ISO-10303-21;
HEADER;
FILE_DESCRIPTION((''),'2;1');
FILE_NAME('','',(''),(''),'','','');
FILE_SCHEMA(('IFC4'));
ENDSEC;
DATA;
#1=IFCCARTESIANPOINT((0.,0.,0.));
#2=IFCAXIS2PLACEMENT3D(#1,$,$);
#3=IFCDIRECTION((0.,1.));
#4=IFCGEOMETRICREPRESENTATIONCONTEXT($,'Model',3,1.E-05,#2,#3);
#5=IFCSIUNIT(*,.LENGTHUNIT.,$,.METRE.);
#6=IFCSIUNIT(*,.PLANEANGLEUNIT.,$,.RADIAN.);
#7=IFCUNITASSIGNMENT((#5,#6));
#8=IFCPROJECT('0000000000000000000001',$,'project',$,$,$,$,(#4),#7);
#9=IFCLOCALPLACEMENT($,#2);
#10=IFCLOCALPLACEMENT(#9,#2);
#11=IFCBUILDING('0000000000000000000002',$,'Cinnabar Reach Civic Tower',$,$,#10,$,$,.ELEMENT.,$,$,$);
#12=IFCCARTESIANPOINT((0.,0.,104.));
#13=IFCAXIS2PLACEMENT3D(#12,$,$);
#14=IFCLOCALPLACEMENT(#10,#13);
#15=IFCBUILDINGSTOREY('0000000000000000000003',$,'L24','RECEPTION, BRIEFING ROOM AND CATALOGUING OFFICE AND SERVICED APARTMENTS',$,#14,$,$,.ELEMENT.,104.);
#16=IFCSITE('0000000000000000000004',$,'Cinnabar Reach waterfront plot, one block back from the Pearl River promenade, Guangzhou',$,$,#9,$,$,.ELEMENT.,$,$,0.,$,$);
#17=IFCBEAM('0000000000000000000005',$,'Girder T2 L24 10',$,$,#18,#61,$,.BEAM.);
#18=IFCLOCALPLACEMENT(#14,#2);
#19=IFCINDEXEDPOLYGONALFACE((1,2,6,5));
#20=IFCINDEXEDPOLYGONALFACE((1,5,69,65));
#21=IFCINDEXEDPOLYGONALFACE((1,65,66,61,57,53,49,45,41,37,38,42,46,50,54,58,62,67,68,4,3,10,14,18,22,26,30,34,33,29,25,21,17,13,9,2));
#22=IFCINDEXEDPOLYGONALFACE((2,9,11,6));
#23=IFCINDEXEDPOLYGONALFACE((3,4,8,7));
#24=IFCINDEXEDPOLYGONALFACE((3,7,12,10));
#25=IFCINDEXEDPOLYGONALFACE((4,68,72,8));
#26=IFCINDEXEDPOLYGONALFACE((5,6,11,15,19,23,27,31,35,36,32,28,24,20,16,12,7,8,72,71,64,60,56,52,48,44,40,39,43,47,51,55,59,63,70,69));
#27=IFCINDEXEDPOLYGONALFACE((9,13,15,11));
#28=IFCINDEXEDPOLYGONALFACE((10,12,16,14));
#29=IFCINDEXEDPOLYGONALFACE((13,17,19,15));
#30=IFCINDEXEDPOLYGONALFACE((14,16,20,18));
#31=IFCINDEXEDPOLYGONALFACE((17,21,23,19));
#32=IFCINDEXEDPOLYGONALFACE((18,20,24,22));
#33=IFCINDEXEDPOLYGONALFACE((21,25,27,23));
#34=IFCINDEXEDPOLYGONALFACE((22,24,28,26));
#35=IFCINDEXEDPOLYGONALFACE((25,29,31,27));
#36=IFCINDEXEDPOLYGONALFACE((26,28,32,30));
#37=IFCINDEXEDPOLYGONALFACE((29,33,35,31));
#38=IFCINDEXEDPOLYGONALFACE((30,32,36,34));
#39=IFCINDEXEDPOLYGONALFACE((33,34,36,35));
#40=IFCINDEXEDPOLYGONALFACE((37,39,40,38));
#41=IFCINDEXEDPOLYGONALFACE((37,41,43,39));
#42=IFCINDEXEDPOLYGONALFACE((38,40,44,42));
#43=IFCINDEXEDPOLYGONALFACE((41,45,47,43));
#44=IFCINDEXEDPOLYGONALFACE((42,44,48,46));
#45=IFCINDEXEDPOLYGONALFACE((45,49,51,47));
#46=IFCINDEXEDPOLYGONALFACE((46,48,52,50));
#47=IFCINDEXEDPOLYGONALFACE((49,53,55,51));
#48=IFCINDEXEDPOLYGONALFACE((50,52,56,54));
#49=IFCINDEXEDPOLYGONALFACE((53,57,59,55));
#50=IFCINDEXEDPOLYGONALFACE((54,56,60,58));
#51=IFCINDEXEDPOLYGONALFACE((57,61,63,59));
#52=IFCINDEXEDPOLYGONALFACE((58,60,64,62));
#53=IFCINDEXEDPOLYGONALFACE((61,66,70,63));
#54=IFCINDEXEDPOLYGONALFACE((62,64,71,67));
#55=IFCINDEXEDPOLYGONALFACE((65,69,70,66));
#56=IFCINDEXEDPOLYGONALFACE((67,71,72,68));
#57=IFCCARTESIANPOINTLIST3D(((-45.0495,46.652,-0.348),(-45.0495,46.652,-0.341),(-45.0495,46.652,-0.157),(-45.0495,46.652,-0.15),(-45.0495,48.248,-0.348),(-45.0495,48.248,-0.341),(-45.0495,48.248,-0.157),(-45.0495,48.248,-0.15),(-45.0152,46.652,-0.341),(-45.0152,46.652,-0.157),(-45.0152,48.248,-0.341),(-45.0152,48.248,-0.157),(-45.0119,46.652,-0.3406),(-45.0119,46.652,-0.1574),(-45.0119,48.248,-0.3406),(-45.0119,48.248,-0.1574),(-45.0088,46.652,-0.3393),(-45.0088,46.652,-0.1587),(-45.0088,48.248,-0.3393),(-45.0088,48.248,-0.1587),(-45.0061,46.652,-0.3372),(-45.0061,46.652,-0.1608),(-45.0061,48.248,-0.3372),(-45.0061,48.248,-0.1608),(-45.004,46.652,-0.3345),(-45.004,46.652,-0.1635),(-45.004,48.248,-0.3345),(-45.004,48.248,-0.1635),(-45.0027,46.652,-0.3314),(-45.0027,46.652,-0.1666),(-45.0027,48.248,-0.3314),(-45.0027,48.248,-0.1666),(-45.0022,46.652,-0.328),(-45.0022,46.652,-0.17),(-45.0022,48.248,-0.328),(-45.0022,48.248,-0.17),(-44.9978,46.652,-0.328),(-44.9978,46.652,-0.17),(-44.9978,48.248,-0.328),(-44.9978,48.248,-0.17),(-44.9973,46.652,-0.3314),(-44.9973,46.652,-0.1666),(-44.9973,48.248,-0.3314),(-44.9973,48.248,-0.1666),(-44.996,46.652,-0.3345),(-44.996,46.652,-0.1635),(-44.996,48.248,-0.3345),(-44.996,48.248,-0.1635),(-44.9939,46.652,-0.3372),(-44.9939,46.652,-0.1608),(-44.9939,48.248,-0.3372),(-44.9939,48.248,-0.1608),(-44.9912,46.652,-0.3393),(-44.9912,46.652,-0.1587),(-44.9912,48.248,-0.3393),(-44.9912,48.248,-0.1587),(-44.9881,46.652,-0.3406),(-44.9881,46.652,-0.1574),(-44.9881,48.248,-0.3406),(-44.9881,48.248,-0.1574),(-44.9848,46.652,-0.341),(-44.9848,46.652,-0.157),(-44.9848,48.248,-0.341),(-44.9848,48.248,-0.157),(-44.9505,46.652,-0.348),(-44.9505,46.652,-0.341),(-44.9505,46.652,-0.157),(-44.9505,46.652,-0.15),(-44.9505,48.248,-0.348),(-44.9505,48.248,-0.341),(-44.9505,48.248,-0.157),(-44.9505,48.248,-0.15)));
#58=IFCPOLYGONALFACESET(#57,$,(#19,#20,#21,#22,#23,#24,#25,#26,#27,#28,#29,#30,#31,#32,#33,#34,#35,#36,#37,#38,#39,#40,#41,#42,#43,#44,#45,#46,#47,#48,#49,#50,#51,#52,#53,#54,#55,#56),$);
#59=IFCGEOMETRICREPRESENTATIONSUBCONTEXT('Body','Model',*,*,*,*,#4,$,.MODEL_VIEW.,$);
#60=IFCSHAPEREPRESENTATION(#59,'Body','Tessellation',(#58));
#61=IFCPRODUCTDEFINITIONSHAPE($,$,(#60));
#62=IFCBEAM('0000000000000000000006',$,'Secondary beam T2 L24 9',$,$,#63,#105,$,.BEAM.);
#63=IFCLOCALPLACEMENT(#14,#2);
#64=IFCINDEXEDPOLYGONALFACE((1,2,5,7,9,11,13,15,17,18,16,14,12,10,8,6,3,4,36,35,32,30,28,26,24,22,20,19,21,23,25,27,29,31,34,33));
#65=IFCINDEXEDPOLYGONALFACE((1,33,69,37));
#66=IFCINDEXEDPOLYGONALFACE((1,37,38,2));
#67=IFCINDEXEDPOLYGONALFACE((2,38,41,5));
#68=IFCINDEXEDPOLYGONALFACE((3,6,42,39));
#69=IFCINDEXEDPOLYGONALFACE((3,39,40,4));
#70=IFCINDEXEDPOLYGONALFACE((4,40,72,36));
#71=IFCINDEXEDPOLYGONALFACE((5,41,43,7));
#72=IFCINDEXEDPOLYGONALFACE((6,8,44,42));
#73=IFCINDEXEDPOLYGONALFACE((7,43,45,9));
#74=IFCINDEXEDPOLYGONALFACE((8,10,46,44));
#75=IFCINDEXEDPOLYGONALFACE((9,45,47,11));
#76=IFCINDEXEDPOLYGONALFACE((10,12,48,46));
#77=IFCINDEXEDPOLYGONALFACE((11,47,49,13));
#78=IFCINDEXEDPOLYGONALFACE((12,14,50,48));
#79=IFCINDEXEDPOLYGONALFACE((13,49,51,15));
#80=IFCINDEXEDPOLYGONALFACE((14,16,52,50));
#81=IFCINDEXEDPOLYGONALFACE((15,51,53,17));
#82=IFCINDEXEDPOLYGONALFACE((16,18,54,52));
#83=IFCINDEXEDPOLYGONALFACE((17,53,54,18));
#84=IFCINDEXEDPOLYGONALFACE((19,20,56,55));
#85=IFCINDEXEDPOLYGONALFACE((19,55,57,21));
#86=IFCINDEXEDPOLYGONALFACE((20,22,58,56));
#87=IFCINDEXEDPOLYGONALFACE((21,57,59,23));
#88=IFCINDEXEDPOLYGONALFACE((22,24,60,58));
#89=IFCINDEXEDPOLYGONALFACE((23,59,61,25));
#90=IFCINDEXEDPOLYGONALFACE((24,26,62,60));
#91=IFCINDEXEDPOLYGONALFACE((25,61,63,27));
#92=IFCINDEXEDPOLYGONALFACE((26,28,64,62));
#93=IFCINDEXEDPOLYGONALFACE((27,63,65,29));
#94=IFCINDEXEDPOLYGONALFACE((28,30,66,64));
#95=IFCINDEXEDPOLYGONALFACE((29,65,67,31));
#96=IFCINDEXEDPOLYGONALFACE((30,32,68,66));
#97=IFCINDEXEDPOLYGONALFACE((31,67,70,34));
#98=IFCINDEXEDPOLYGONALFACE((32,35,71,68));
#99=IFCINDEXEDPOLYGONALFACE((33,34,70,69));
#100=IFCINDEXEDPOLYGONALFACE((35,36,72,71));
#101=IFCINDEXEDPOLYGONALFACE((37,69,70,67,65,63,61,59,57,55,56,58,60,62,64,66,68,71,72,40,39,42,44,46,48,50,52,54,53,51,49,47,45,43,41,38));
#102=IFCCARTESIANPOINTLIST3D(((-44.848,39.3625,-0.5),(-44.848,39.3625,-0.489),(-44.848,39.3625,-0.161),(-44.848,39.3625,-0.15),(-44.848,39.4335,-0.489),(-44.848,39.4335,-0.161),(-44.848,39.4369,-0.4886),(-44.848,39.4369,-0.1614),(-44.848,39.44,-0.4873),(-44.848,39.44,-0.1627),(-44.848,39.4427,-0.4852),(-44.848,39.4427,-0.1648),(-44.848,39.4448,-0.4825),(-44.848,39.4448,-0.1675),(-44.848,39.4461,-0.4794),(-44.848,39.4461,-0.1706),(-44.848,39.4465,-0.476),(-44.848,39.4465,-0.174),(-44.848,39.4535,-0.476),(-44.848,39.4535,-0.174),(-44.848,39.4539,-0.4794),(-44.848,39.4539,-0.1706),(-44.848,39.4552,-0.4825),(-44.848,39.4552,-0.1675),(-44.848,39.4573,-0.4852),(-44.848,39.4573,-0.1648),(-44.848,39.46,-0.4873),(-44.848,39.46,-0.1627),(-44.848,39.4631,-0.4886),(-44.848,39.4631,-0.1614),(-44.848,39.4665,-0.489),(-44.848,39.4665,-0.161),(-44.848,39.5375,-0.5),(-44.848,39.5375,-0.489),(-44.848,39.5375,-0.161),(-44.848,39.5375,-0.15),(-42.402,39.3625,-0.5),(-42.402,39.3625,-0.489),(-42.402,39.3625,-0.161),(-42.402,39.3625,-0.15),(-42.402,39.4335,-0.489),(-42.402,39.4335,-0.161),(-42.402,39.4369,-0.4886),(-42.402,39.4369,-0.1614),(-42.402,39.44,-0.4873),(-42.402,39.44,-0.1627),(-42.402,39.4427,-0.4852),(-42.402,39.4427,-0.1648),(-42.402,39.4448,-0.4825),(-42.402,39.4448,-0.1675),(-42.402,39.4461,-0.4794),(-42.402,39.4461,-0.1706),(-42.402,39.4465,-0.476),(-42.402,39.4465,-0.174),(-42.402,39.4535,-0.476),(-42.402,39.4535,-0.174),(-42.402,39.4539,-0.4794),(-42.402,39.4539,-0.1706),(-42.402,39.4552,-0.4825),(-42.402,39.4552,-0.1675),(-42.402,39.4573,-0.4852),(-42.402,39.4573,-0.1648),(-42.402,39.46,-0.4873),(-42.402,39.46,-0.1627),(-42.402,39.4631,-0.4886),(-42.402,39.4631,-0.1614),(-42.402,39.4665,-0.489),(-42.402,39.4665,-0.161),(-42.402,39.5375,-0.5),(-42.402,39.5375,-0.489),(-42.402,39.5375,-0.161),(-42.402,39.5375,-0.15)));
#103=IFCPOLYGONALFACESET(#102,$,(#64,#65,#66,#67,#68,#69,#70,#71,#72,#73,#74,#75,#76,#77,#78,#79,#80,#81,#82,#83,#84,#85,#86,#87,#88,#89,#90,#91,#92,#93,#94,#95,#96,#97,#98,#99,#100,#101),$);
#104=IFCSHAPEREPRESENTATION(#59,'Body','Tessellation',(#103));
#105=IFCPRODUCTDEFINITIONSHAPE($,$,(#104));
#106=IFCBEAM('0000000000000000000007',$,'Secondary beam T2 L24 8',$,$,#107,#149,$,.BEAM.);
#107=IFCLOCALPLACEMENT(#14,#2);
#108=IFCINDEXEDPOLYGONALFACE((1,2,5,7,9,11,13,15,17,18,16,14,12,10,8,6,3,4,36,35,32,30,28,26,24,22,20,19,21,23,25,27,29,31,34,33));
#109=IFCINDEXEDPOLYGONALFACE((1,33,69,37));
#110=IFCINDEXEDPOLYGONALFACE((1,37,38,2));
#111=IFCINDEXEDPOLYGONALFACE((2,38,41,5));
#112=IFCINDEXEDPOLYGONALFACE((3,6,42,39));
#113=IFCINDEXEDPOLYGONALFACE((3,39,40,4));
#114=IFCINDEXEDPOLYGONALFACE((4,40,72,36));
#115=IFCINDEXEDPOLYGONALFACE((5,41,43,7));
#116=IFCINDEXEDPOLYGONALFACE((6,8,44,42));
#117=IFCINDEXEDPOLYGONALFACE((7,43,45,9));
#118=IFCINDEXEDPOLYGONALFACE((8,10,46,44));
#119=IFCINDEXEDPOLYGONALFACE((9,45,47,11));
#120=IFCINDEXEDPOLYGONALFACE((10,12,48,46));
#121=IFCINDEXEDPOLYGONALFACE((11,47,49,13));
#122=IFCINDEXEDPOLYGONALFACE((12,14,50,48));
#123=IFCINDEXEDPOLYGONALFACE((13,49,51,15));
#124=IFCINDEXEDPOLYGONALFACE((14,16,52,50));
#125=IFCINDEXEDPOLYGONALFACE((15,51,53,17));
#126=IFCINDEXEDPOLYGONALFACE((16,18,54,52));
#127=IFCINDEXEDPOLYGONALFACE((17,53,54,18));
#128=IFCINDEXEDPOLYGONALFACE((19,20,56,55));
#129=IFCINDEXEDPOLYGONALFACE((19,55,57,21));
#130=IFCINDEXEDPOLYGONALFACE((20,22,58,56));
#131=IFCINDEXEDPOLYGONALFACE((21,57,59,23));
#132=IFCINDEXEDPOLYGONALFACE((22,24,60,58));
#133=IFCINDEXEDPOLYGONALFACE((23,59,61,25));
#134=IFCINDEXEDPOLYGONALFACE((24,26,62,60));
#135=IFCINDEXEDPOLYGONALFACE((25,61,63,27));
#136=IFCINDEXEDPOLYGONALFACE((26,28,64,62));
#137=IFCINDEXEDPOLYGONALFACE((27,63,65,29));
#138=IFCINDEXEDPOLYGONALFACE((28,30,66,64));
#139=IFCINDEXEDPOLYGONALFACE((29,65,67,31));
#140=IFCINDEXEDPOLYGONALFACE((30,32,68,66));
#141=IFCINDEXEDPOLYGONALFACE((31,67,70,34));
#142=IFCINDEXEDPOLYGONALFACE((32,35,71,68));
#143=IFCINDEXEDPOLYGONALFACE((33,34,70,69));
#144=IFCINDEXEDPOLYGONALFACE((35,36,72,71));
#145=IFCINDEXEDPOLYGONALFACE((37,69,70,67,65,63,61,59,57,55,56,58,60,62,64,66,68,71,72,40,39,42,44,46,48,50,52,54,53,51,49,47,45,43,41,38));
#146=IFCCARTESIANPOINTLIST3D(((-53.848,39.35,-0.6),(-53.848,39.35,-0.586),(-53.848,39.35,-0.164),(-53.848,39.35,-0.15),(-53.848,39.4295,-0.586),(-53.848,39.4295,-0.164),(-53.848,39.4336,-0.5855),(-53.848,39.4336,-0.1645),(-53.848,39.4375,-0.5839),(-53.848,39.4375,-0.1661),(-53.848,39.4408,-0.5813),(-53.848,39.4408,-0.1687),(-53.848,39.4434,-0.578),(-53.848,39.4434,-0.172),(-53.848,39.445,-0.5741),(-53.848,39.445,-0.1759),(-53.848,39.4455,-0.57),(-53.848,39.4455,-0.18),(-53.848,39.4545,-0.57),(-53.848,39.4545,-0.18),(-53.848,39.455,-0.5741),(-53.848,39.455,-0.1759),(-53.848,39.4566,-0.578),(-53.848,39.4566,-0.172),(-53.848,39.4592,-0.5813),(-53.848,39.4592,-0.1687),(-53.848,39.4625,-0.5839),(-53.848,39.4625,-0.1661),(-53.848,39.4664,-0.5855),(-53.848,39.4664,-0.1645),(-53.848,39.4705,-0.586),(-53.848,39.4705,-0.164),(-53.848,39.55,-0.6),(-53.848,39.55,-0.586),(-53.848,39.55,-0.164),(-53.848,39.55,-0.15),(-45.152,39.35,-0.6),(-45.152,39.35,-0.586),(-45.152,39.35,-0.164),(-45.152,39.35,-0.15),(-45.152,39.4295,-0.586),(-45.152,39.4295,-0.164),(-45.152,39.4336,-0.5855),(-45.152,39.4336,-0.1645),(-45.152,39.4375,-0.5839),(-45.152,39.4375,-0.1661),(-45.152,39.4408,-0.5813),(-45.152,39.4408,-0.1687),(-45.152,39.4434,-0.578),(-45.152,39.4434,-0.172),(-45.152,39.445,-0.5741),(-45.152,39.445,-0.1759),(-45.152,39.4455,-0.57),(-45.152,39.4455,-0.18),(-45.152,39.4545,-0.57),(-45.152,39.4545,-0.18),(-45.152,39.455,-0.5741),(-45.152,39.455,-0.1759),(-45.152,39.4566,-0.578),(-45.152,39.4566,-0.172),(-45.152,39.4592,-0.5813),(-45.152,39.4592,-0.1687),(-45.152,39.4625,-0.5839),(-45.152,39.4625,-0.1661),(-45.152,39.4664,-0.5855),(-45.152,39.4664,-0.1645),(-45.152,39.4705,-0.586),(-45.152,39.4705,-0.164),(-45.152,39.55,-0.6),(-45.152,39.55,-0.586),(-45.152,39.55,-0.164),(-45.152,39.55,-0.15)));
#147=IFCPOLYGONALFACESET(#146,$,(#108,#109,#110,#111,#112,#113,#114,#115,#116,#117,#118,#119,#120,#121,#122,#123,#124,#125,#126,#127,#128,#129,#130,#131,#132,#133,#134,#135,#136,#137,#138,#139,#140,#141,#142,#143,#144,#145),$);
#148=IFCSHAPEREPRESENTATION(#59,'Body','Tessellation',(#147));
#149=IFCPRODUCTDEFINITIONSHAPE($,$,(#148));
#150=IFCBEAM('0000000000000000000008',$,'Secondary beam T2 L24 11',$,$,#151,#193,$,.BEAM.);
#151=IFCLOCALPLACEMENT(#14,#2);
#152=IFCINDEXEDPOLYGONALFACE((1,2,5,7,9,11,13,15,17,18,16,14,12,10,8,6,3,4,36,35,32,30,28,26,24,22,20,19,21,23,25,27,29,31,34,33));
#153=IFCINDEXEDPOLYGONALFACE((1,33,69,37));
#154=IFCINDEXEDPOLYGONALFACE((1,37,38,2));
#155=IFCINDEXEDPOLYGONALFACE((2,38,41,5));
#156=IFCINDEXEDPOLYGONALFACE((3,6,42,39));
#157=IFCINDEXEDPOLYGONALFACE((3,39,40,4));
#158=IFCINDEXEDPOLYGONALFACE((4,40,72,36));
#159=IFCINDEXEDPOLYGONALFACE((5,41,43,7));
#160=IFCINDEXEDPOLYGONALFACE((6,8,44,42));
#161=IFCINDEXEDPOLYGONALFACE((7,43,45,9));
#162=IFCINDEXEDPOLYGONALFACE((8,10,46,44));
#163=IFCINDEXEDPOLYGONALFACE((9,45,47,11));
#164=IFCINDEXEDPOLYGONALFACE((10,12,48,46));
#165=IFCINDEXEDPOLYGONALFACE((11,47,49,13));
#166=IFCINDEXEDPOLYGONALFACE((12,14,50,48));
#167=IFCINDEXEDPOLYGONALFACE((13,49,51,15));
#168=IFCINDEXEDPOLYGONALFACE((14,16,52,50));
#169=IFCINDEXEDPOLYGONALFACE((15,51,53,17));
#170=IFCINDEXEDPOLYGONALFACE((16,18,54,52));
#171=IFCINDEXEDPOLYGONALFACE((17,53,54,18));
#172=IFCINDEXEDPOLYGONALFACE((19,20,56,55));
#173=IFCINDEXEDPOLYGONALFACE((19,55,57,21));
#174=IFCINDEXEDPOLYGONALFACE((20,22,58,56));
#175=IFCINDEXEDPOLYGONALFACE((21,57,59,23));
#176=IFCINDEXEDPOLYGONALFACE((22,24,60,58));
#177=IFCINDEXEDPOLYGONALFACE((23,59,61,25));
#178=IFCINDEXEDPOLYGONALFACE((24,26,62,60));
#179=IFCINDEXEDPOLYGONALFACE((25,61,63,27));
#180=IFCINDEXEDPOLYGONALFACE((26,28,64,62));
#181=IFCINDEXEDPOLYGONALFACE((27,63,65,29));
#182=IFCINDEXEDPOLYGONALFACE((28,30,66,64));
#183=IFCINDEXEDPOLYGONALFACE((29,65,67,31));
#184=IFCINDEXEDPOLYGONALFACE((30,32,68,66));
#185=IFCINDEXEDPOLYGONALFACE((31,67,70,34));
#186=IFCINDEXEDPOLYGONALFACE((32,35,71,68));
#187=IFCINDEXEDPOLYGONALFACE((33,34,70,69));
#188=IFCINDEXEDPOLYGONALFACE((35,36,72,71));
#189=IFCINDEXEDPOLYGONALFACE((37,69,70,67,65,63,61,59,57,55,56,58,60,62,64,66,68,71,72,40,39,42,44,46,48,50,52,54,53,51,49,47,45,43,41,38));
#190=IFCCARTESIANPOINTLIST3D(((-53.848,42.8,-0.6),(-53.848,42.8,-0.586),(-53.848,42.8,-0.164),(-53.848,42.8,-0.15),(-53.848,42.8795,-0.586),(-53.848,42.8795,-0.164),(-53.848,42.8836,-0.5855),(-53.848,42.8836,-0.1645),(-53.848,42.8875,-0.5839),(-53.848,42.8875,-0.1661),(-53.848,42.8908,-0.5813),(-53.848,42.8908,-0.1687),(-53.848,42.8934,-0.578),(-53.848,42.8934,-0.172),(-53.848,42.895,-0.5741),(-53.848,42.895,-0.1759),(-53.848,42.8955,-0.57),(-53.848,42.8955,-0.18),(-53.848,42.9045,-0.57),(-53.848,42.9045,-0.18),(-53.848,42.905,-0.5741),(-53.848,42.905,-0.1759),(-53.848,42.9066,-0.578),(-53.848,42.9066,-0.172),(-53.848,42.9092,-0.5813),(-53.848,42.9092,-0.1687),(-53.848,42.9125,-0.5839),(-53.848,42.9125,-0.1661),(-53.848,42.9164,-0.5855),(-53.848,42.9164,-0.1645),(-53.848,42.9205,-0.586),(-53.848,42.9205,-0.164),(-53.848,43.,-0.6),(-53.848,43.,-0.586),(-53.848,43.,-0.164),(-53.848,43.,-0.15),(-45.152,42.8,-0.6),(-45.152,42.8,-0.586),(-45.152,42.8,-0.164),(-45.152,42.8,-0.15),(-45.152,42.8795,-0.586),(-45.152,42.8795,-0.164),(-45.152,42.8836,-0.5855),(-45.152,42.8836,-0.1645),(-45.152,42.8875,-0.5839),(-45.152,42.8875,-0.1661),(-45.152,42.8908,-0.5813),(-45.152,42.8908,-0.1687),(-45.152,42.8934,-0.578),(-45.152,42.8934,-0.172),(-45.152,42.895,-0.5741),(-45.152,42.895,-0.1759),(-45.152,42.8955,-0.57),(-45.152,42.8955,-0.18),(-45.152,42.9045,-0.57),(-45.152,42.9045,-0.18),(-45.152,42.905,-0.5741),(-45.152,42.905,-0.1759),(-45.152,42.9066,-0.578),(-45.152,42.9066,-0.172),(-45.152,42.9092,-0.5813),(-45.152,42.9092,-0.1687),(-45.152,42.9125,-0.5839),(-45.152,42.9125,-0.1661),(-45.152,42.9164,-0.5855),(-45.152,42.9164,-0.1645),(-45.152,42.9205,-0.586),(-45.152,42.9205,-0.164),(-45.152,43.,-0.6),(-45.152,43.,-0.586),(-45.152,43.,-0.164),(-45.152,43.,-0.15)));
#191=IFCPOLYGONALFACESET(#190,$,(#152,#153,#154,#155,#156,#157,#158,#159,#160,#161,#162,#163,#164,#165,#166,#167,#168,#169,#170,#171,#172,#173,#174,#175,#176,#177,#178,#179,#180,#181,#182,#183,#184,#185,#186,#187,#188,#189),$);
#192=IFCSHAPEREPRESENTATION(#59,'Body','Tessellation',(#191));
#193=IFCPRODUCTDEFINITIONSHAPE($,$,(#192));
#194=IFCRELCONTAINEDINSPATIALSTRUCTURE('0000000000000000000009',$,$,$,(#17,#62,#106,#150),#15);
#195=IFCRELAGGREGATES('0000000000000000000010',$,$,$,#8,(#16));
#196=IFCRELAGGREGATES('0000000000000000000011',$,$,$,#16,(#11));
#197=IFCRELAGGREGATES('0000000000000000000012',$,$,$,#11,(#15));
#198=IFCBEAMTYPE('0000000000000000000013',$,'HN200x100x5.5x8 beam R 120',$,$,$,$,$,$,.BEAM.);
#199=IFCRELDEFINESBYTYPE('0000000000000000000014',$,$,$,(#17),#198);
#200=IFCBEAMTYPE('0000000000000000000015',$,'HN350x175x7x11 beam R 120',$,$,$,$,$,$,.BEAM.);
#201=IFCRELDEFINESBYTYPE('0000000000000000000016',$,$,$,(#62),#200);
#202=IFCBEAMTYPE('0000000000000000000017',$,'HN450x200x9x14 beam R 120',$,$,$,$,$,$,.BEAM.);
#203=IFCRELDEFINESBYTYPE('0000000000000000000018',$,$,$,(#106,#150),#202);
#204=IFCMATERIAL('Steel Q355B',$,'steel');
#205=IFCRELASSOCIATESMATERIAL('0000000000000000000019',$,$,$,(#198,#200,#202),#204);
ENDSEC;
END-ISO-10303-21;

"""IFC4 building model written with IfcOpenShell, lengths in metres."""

from ifc_helpers import new_model, si_unit, direction, frame, origin, origin_2d, place, context, subcontext, project, spatial, i_section, extrude, material, material_profile, profile_set, type_object, element, save


model = new_model("IFC4")

# Units and contexts
model_context = context("Model", 3, precision=1e-05, world=origin(), true_north=direction((0.0, 1.0)))
body_context = subcontext(model_context, "Body", "Model", "MODEL_VIEW")
ifc_project = project(units=[si_unit("LENGTHUNIT", "METRE"), si_unit("PLANEANGLEUNIT", "RADIAN")], contexts=[model_context])

# Site, building, storey
site_placement = place(None, origin())
site = spatial("IfcSite", under=ifc_project, at=site_placement, Name="Cinnabar Reach waterfront plot, one block back from the Pearl River promenade, Guangzhou", CompositionType="ELEMENT", RefElevation=0.0)
building_placement = place(site_placement, origin())
building = spatial("IfcBuilding", under=site, at=building_placement, Name="Cinnabar Reach Civic Tower", CompositionType="ELEMENT")
storey_placement = place(building_placement, frame((0.0, 0.0, 104.0)))
storey = spatial("IfcBuildingStorey", under=building, at=storey_placement, Name="L24", Description="RECEPTION, BRIEFING ROOM AND CATALOGUING OFFICE AND SERVICED APARTMENTS", CompositionType="ELEMENT", Elevation=104.0)

# Beams
ifc_material_1 = material(Name="Steel Q355B", Category="steel")
ifc_material_profile_1 = material_profile(ifc_material_1, i_section(OverallWidth=0.099, OverallDepth=0.198, WebThickness=0.0045, FlangeThickness=0.007, FilletRadius=0.013, at=origin_2d()), Name="HN200x100x5.5x8")
ifc_profile_set_1 = profile_set([ifc_material_profile_1], Name="Steel Q355B")
beam_type_1 = type_object("IfcBeamType", Name="HN200x100x5.5x8 beam R 120", PredefinedType="BEAM", material=ifc_profile_set_1)
beam_1_placement = place(storey_placement, frame((-45.0, 46.652, -0.249), z_axis=(0.0, 1.0, 0.0), x_axis=(-1.0, 0.0, 0.0)))
element("IfcBeam", 1, at=beam_1_placement, inside=storey, type_object=beam_type_1, Name="Girder T2 L24 10", PredefinedType="BEAM", context=body_context, shape_type="SweptSolid", body=[
    extrude(i_section(OverallWidth=0.099, OverallDepth=0.198, WebThickness=0.0045, FlangeThickness=0.007, FilletRadius=0.013, at=origin_2d()), origin(), (0.0, 0.0, 1.0), 1.596),
])
ifc_material_profile_2 = material_profile(ifc_material_1, i_section(OverallWidth=0.175, OverallDepth=0.35, WebThickness=0.007, FlangeThickness=0.011, FilletRadius=0.013, at=origin_2d()), Name="HN350x175x7x11")
ifc_profile_set_2 = profile_set([ifc_material_profile_2], Name="Steel Q355B")
beam_type_2 = type_object("IfcBeamType", Name="HN350x175x7x11 beam R 120", PredefinedType="BEAM", material=ifc_profile_set_2)
beam_2_placement = place(storey_placement, frame((-44.848, 39.45, -0.325), z_axis=(1.0, 0.0, 0.0), x_axis=(0.0, 1.0, 0.0)))
element("IfcBeam", 2, at=beam_2_placement, inside=storey, type_object=beam_type_2, Name="Secondary beam T2 L24 9", PredefinedType="BEAM", context=body_context, shape_type="SweptSolid", body=[
    extrude(i_section(OverallWidth=0.175, OverallDepth=0.35, WebThickness=0.007, FlangeThickness=0.011, FilletRadius=0.013, at=origin_2d()), origin(), (0.0, 0.0, 1.0), 2.446),
])
ifc_material_profile_3 = material_profile(ifc_material_1, i_section(OverallWidth=0.2, OverallDepth=0.45, WebThickness=0.009, FlangeThickness=0.014, FilletRadius=0.016, at=origin_2d()), Name="HN450x200x9x14")
ifc_profile_set_3 = profile_set([ifc_material_profile_3], Name="Steel Q355B")
beam_type_3 = type_object("IfcBeamType", Name="HN450x200x9x14 beam R 120", PredefinedType="BEAM", material=ifc_profile_set_3)
for number, where, z_axis, x_axis, name in (
    (3, (-53.848, 39.45, -0.375), (1.0, 0.0, 0.0), (0.0, 1.0, 0.0), "Secondary beam T2 L24 8"),
    (4, (-53.848, 42.9, -0.375), (1.0, 0.0, 0.0), (0.0, 1.0, 0.0), "Secondary beam T2 L24 11"),
):
    element("IfcBeam", number, at=place(storey_placement, frame(where, z_axis=z_axis, x_axis=x_axis)), inside=storey, type_object=beam_type_3, Name=name, PredefinedType="BEAM", context=body_context, shape_type="SweptSolid", body=[
        extrude(i_section(OverallWidth=0.2, OverallDepth=0.45, WebThickness=0.009, FlangeThickness=0.014, FilletRadius=0.016, at=origin_2d()), origin(), (0.0, 0.0, 1.0), 8.696),
    ])

save(model, "model.ifc")
